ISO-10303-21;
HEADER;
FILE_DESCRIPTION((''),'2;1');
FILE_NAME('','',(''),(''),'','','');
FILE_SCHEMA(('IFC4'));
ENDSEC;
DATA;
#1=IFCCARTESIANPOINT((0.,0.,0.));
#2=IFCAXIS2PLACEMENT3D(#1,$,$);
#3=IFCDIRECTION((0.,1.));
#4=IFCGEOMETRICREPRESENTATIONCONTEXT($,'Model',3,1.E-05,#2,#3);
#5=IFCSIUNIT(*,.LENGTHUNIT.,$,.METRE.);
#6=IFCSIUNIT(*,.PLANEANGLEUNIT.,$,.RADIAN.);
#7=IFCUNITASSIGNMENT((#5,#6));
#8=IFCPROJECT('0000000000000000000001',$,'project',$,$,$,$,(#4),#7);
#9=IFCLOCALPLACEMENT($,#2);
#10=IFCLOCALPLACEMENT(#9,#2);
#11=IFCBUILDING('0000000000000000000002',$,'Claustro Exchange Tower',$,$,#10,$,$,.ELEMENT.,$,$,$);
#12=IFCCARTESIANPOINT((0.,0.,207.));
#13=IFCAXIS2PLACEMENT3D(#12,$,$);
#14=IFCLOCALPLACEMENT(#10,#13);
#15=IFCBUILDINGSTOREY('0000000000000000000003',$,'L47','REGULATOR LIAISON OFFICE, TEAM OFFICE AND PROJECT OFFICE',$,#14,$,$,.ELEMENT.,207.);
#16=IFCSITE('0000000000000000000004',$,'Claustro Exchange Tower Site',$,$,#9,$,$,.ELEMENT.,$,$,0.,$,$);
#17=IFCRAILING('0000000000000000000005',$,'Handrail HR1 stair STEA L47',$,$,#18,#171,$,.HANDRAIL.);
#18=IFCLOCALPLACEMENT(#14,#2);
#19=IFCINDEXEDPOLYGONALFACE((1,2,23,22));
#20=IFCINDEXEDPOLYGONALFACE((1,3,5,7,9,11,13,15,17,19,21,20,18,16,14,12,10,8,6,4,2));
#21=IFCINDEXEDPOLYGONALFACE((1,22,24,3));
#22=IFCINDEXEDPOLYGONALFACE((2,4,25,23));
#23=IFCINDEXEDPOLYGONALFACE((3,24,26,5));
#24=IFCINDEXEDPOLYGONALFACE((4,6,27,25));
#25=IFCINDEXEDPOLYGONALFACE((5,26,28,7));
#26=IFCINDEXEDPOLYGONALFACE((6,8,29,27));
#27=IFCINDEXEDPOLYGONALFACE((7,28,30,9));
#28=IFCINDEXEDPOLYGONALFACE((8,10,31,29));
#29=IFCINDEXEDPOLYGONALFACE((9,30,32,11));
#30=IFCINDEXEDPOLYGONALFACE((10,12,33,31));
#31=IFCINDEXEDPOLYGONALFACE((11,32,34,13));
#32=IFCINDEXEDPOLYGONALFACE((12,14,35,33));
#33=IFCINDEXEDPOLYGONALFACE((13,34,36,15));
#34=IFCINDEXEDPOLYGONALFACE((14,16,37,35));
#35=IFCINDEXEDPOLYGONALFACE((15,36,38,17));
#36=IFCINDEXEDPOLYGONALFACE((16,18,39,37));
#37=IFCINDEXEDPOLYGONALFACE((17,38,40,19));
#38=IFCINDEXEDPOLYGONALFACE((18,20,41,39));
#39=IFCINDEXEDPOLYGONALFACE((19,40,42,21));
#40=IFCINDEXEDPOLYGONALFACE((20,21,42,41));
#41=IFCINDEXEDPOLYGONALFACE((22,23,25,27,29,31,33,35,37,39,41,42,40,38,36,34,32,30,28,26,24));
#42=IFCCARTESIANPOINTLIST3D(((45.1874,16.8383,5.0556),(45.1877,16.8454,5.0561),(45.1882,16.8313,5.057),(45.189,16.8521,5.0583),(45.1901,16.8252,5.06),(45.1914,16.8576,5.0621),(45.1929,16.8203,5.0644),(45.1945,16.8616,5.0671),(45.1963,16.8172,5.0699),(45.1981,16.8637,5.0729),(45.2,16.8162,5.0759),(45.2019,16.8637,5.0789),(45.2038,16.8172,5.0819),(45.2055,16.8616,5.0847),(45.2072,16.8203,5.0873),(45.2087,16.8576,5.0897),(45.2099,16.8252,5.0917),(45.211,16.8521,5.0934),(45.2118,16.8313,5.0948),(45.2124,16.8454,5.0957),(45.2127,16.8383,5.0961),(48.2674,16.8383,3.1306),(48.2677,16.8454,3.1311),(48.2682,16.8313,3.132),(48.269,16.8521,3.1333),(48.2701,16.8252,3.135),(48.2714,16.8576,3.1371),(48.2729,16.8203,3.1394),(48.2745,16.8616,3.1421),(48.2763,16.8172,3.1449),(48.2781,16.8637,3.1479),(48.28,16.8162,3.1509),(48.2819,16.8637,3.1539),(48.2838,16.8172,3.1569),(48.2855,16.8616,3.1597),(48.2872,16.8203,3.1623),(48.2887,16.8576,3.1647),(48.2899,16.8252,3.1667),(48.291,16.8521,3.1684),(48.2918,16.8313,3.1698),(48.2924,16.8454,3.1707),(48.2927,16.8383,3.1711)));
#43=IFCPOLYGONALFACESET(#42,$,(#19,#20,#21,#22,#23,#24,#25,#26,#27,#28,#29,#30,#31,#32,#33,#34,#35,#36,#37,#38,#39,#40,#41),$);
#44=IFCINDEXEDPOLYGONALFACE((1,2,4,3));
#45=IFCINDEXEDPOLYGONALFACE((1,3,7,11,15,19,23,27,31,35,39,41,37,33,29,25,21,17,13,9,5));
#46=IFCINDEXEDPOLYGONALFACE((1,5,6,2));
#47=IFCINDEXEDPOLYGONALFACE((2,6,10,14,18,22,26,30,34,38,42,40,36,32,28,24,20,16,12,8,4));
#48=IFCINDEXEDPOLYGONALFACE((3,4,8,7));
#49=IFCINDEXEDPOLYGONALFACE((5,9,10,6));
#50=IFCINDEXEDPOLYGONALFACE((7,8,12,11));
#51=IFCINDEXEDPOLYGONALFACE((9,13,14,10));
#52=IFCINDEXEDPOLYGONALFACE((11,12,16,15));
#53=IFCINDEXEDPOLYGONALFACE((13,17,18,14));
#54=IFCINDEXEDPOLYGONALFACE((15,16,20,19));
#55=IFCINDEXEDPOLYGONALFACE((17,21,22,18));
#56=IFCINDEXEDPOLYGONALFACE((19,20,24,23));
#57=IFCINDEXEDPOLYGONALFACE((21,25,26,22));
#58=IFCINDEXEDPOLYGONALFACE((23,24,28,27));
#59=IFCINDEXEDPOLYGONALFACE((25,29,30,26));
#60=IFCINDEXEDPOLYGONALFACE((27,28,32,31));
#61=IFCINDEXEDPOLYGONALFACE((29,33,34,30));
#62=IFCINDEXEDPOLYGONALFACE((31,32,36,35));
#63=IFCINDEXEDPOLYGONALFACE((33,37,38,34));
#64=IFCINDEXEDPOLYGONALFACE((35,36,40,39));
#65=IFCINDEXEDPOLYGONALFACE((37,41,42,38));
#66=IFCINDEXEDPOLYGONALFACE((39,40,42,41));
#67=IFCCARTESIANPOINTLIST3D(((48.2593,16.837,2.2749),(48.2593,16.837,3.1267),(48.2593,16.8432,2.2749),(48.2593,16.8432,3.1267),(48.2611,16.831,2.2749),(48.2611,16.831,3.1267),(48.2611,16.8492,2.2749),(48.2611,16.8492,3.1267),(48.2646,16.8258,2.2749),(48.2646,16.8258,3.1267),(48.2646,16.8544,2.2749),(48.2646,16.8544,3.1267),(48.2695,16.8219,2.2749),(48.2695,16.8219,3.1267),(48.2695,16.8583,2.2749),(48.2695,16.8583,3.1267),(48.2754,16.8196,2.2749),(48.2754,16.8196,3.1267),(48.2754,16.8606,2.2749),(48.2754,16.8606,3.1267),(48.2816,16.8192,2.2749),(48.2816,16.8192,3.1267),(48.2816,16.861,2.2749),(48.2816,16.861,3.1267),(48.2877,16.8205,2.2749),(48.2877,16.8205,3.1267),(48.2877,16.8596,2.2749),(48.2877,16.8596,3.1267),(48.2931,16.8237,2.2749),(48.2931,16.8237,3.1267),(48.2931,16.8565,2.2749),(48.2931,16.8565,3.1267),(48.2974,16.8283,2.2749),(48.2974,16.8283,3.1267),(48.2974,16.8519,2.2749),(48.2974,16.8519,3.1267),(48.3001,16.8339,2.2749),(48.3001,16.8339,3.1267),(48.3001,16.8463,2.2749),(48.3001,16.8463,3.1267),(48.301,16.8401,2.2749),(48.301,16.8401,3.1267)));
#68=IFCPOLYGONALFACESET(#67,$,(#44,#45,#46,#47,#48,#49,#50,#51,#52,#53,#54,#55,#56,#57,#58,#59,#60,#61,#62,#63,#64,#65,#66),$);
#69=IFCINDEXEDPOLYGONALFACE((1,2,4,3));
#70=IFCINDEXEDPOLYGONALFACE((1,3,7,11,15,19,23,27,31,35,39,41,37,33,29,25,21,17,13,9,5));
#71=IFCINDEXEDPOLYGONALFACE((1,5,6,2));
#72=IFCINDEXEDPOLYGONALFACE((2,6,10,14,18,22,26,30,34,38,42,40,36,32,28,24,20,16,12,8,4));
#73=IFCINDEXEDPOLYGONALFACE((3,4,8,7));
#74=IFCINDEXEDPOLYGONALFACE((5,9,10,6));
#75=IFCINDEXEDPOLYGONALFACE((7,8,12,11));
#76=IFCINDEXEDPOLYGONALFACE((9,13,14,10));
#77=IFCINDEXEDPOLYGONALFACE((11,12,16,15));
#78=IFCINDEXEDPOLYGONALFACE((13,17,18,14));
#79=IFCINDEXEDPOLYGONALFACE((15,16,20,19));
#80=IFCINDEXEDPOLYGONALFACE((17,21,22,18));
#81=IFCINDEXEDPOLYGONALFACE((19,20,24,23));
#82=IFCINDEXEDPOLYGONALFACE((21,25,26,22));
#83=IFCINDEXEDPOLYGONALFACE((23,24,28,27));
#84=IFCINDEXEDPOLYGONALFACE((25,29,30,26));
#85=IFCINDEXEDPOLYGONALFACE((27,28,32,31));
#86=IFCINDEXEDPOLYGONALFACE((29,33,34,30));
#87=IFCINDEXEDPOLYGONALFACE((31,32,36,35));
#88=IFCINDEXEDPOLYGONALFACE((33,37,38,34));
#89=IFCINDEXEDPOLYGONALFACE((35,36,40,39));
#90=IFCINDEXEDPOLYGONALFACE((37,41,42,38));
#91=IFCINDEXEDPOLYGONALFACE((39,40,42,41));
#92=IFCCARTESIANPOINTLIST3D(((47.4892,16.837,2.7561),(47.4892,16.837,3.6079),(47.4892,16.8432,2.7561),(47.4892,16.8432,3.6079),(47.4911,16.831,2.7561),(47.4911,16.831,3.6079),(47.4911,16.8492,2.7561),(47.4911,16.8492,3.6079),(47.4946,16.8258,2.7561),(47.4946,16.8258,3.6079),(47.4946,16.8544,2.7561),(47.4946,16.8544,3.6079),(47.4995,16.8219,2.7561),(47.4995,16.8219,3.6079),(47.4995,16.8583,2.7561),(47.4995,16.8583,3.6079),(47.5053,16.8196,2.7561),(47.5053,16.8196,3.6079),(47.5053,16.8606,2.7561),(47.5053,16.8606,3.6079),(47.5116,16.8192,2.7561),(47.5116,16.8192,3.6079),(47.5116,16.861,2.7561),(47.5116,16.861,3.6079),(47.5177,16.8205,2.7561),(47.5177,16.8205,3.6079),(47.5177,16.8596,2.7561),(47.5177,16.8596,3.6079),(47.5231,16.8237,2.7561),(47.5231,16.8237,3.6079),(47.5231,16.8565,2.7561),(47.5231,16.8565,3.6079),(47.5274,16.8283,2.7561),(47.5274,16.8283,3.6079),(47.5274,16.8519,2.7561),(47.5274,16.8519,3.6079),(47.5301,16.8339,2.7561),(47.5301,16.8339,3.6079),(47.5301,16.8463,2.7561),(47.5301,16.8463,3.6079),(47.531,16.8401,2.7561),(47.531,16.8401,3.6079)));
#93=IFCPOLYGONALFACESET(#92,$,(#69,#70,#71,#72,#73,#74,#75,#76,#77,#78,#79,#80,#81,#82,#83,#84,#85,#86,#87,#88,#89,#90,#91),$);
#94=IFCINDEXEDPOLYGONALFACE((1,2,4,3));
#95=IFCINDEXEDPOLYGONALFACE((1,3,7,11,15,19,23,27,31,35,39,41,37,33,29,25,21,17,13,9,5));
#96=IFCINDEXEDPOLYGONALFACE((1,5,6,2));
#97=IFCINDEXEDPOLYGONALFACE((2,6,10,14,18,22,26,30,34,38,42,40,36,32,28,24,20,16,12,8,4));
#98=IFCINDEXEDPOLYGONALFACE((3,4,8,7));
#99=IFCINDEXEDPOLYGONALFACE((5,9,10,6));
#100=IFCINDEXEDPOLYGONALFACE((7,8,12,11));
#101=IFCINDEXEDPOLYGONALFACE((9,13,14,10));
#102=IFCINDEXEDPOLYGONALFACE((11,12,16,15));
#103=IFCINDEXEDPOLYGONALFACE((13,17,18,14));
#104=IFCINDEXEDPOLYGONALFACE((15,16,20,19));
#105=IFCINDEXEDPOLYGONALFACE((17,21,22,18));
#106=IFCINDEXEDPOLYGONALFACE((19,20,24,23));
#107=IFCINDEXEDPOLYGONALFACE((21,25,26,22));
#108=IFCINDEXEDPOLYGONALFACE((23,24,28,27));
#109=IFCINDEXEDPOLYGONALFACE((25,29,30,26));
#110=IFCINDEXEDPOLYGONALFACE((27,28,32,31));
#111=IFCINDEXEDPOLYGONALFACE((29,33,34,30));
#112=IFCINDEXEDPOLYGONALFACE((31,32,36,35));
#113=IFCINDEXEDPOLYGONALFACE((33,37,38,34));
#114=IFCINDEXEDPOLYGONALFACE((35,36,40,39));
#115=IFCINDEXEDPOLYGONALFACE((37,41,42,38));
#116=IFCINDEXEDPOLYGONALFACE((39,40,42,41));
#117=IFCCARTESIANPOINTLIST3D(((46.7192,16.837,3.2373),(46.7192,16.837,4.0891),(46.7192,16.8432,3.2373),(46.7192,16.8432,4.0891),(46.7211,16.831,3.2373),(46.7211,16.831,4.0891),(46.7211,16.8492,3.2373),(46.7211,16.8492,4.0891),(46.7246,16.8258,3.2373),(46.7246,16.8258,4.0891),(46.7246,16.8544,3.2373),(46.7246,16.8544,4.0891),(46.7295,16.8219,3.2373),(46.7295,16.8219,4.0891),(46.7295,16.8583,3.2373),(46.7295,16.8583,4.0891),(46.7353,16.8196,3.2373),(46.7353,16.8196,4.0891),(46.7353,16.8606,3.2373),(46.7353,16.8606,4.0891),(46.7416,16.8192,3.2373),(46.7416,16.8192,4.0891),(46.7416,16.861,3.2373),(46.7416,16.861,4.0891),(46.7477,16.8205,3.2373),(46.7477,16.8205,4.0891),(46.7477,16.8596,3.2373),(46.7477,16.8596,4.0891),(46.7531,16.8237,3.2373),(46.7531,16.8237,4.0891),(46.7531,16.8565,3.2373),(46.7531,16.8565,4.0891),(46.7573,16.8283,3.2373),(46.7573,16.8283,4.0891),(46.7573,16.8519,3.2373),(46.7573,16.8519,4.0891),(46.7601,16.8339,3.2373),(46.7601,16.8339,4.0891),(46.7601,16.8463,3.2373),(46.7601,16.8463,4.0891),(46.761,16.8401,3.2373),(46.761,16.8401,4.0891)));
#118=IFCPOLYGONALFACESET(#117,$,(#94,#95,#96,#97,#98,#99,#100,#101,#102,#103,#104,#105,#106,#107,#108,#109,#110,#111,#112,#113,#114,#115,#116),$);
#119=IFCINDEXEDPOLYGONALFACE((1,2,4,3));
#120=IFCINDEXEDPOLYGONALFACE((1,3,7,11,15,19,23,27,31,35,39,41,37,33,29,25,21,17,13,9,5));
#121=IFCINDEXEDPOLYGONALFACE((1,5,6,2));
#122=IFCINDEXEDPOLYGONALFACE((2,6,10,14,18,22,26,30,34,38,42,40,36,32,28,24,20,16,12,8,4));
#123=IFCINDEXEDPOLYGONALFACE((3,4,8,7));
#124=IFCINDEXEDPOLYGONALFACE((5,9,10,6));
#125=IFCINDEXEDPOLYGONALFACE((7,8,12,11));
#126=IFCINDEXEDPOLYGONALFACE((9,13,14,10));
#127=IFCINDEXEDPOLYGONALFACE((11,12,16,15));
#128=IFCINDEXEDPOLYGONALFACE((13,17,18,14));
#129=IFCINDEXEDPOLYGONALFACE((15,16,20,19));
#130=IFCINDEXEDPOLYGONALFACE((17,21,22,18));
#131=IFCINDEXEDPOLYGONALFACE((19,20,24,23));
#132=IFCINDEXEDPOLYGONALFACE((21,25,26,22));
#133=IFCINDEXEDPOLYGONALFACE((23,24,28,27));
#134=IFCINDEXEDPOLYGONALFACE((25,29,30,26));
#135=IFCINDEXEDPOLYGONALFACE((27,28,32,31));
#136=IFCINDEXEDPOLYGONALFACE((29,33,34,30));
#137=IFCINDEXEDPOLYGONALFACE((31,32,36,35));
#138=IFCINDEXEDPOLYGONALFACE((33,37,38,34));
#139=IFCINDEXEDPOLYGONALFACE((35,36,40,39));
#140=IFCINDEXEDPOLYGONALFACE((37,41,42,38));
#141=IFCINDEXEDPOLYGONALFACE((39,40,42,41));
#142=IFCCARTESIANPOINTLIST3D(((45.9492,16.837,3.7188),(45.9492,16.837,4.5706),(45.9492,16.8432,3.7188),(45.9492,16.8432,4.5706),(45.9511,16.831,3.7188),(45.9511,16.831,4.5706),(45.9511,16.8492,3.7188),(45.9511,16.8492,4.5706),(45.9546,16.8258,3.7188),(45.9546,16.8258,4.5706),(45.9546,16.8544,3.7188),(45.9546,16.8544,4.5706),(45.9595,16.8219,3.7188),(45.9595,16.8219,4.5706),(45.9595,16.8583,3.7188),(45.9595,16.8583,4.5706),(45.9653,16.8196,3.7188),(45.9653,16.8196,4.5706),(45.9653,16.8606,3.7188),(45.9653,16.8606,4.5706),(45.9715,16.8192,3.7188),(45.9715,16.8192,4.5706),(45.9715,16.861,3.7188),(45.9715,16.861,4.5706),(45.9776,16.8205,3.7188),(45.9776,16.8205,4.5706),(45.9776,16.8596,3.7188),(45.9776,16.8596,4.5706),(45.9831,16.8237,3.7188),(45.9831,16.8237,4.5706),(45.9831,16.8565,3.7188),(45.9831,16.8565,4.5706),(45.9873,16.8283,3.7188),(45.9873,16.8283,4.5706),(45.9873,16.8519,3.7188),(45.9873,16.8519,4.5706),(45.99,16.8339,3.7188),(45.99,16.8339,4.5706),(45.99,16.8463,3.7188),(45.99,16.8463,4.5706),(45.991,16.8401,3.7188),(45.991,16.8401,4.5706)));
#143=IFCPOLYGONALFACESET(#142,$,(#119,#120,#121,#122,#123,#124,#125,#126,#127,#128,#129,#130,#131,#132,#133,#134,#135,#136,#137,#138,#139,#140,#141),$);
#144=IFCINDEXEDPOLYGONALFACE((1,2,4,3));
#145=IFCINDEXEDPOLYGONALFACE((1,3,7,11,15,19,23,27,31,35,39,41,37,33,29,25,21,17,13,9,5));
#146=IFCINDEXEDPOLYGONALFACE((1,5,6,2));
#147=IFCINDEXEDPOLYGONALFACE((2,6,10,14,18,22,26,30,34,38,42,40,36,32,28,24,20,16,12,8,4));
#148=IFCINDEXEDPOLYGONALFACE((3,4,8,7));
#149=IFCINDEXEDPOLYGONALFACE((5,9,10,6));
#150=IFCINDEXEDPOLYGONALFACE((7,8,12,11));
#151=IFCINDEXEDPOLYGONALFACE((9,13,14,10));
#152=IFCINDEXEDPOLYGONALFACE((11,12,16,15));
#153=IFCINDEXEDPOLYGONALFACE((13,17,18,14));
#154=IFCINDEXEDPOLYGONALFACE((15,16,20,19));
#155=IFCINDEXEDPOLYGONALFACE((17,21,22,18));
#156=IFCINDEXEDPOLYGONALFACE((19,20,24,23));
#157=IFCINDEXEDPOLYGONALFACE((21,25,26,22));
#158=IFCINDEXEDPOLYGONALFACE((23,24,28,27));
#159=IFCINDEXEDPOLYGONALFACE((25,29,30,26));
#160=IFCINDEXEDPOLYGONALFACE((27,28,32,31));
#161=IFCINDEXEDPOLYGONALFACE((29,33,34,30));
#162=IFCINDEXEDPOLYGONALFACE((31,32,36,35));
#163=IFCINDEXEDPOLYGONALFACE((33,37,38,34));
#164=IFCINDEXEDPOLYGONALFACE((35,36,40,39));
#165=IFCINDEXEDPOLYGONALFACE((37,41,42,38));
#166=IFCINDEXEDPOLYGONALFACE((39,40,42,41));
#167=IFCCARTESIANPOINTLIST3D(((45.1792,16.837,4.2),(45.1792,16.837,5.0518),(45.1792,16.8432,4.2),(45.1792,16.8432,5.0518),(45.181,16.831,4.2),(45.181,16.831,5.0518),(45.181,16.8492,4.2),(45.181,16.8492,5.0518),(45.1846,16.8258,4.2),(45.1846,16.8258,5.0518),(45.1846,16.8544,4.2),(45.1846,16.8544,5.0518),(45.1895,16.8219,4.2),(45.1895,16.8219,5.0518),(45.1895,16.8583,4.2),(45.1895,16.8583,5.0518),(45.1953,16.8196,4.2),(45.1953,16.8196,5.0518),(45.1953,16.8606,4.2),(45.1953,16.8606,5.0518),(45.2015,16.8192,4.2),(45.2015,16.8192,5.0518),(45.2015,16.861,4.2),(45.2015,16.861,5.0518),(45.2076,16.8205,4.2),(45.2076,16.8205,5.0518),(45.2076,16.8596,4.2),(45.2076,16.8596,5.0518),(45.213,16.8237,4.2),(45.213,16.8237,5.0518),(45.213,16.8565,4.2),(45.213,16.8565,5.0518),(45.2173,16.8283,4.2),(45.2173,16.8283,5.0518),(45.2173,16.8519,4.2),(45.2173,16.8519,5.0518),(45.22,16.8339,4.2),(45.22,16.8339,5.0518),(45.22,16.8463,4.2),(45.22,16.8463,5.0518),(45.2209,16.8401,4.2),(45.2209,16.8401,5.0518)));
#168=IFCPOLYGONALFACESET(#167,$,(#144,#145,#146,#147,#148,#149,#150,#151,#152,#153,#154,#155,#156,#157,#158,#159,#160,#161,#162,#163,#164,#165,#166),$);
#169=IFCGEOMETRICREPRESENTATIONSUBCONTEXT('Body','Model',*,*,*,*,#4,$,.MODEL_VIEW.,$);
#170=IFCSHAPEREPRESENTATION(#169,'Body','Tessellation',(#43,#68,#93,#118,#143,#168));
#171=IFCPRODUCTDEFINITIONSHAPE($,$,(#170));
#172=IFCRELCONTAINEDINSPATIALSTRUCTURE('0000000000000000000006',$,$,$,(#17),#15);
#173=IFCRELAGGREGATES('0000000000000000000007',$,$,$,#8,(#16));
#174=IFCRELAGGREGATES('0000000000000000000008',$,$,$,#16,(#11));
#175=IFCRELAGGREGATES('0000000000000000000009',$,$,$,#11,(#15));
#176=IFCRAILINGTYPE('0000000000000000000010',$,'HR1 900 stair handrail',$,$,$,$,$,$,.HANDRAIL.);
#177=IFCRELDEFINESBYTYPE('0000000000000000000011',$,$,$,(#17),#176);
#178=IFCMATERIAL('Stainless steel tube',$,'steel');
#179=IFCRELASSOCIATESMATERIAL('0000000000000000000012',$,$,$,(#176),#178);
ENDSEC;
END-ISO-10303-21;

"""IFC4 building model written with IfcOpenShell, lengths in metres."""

from ifc_helpers import new_model, si_unit, direction, frame, origin, origin_2d, place, context, subcontext, project, spatial, circle, extrude, material, type_object, element, save


model = new_model("IFC4")

# Units and contexts
model_context = context("Model", 3, precision=1e-05, world=origin(), true_north=direction((0.0, 1.0)))
body_context = subcontext(model_context, "Body", "Model", "MODEL_VIEW")
ifc_project = project(units=[si_unit("LENGTHUNIT", "METRE"), si_unit("PLANEANGLEUNIT", "RADIAN")], contexts=[model_context])

# Site, building, storey
site_placement = place(None, origin())
site = spatial("IfcSite", under=ifc_project, at=site_placement, Name="Claustro Exchange Tower Site", CompositionType="ELEMENT", RefElevation=0.0)
building_placement = place(site_placement, origin())
building = spatial("IfcBuilding", under=site, at=building_placement, Name="Claustro Exchange Tower", CompositionType="ELEMENT")
storey_placement = place(building_placement, frame((0.0, 0.0, 207.0)))
storey = spatial("IfcBuildingStorey", under=building, at=storey_placement, Name="L47", Description="REGULATOR LIAISON OFFICE, TEAM OFFICE AND PROJECT OFFICE", CompositionType="ELEMENT", Elevation=207.0)

# Railing
ifc_material_1 = material(Name="Stainless steel tube", Category="steel")
railing_type = type_object("IfcRailingType", Name="HR1 900 stair handrail", PredefinedType="HANDRAIL", material=ifc_material_1)
railing_placement = place(storey_placement, frame((48.28, 16.8401, 2.2749)))
element("IfcRailing", 1, at=railing_placement, inside=storey, type_object=railing_type, Name="Handrail HR1 stair STEA L47", PredefinedType="HANDRAIL", context=body_context, shape_type="SweptSolid", body=[
    extrude(circle(Radius=0.0239, at=origin_2d()), frame((0.0, 0.0, 0.876), z_axis=(-0.847998, 0.0, 0.529999), x_axis=(0.0, -1.0, 0.0)), (0.0, 0.0, 1.0), 3.6321),
    extrude(circle(Radius=0.021, at=origin_2d()), origin(), (0.0, 0.0, 1.0), 0.8518),
    extrude(circle(Radius=0.021, at=origin_2d()), frame((-0.77, 0.0, 0.4812)), (0.0, 0.0, 1.0), 0.8518),
    extrude(circle(Radius=0.021, at=origin_2d()), frame((-1.54, 0.0, 0.9624)), (0.0, 0.0, 1.0), 0.8518),
    extrude(circle(Radius=0.021, at=origin_2d()), frame((-2.3101, 0.0, 1.4438)), (0.0, 0.0, 1.0), 0.8518),
    extrude(circle(Radius=0.021, at=origin_2d()), frame((-3.0801, 0.0, 1.925)), (0.0, 0.0, 1.0), 0.8518),
])

save(model, "model.ifc")
